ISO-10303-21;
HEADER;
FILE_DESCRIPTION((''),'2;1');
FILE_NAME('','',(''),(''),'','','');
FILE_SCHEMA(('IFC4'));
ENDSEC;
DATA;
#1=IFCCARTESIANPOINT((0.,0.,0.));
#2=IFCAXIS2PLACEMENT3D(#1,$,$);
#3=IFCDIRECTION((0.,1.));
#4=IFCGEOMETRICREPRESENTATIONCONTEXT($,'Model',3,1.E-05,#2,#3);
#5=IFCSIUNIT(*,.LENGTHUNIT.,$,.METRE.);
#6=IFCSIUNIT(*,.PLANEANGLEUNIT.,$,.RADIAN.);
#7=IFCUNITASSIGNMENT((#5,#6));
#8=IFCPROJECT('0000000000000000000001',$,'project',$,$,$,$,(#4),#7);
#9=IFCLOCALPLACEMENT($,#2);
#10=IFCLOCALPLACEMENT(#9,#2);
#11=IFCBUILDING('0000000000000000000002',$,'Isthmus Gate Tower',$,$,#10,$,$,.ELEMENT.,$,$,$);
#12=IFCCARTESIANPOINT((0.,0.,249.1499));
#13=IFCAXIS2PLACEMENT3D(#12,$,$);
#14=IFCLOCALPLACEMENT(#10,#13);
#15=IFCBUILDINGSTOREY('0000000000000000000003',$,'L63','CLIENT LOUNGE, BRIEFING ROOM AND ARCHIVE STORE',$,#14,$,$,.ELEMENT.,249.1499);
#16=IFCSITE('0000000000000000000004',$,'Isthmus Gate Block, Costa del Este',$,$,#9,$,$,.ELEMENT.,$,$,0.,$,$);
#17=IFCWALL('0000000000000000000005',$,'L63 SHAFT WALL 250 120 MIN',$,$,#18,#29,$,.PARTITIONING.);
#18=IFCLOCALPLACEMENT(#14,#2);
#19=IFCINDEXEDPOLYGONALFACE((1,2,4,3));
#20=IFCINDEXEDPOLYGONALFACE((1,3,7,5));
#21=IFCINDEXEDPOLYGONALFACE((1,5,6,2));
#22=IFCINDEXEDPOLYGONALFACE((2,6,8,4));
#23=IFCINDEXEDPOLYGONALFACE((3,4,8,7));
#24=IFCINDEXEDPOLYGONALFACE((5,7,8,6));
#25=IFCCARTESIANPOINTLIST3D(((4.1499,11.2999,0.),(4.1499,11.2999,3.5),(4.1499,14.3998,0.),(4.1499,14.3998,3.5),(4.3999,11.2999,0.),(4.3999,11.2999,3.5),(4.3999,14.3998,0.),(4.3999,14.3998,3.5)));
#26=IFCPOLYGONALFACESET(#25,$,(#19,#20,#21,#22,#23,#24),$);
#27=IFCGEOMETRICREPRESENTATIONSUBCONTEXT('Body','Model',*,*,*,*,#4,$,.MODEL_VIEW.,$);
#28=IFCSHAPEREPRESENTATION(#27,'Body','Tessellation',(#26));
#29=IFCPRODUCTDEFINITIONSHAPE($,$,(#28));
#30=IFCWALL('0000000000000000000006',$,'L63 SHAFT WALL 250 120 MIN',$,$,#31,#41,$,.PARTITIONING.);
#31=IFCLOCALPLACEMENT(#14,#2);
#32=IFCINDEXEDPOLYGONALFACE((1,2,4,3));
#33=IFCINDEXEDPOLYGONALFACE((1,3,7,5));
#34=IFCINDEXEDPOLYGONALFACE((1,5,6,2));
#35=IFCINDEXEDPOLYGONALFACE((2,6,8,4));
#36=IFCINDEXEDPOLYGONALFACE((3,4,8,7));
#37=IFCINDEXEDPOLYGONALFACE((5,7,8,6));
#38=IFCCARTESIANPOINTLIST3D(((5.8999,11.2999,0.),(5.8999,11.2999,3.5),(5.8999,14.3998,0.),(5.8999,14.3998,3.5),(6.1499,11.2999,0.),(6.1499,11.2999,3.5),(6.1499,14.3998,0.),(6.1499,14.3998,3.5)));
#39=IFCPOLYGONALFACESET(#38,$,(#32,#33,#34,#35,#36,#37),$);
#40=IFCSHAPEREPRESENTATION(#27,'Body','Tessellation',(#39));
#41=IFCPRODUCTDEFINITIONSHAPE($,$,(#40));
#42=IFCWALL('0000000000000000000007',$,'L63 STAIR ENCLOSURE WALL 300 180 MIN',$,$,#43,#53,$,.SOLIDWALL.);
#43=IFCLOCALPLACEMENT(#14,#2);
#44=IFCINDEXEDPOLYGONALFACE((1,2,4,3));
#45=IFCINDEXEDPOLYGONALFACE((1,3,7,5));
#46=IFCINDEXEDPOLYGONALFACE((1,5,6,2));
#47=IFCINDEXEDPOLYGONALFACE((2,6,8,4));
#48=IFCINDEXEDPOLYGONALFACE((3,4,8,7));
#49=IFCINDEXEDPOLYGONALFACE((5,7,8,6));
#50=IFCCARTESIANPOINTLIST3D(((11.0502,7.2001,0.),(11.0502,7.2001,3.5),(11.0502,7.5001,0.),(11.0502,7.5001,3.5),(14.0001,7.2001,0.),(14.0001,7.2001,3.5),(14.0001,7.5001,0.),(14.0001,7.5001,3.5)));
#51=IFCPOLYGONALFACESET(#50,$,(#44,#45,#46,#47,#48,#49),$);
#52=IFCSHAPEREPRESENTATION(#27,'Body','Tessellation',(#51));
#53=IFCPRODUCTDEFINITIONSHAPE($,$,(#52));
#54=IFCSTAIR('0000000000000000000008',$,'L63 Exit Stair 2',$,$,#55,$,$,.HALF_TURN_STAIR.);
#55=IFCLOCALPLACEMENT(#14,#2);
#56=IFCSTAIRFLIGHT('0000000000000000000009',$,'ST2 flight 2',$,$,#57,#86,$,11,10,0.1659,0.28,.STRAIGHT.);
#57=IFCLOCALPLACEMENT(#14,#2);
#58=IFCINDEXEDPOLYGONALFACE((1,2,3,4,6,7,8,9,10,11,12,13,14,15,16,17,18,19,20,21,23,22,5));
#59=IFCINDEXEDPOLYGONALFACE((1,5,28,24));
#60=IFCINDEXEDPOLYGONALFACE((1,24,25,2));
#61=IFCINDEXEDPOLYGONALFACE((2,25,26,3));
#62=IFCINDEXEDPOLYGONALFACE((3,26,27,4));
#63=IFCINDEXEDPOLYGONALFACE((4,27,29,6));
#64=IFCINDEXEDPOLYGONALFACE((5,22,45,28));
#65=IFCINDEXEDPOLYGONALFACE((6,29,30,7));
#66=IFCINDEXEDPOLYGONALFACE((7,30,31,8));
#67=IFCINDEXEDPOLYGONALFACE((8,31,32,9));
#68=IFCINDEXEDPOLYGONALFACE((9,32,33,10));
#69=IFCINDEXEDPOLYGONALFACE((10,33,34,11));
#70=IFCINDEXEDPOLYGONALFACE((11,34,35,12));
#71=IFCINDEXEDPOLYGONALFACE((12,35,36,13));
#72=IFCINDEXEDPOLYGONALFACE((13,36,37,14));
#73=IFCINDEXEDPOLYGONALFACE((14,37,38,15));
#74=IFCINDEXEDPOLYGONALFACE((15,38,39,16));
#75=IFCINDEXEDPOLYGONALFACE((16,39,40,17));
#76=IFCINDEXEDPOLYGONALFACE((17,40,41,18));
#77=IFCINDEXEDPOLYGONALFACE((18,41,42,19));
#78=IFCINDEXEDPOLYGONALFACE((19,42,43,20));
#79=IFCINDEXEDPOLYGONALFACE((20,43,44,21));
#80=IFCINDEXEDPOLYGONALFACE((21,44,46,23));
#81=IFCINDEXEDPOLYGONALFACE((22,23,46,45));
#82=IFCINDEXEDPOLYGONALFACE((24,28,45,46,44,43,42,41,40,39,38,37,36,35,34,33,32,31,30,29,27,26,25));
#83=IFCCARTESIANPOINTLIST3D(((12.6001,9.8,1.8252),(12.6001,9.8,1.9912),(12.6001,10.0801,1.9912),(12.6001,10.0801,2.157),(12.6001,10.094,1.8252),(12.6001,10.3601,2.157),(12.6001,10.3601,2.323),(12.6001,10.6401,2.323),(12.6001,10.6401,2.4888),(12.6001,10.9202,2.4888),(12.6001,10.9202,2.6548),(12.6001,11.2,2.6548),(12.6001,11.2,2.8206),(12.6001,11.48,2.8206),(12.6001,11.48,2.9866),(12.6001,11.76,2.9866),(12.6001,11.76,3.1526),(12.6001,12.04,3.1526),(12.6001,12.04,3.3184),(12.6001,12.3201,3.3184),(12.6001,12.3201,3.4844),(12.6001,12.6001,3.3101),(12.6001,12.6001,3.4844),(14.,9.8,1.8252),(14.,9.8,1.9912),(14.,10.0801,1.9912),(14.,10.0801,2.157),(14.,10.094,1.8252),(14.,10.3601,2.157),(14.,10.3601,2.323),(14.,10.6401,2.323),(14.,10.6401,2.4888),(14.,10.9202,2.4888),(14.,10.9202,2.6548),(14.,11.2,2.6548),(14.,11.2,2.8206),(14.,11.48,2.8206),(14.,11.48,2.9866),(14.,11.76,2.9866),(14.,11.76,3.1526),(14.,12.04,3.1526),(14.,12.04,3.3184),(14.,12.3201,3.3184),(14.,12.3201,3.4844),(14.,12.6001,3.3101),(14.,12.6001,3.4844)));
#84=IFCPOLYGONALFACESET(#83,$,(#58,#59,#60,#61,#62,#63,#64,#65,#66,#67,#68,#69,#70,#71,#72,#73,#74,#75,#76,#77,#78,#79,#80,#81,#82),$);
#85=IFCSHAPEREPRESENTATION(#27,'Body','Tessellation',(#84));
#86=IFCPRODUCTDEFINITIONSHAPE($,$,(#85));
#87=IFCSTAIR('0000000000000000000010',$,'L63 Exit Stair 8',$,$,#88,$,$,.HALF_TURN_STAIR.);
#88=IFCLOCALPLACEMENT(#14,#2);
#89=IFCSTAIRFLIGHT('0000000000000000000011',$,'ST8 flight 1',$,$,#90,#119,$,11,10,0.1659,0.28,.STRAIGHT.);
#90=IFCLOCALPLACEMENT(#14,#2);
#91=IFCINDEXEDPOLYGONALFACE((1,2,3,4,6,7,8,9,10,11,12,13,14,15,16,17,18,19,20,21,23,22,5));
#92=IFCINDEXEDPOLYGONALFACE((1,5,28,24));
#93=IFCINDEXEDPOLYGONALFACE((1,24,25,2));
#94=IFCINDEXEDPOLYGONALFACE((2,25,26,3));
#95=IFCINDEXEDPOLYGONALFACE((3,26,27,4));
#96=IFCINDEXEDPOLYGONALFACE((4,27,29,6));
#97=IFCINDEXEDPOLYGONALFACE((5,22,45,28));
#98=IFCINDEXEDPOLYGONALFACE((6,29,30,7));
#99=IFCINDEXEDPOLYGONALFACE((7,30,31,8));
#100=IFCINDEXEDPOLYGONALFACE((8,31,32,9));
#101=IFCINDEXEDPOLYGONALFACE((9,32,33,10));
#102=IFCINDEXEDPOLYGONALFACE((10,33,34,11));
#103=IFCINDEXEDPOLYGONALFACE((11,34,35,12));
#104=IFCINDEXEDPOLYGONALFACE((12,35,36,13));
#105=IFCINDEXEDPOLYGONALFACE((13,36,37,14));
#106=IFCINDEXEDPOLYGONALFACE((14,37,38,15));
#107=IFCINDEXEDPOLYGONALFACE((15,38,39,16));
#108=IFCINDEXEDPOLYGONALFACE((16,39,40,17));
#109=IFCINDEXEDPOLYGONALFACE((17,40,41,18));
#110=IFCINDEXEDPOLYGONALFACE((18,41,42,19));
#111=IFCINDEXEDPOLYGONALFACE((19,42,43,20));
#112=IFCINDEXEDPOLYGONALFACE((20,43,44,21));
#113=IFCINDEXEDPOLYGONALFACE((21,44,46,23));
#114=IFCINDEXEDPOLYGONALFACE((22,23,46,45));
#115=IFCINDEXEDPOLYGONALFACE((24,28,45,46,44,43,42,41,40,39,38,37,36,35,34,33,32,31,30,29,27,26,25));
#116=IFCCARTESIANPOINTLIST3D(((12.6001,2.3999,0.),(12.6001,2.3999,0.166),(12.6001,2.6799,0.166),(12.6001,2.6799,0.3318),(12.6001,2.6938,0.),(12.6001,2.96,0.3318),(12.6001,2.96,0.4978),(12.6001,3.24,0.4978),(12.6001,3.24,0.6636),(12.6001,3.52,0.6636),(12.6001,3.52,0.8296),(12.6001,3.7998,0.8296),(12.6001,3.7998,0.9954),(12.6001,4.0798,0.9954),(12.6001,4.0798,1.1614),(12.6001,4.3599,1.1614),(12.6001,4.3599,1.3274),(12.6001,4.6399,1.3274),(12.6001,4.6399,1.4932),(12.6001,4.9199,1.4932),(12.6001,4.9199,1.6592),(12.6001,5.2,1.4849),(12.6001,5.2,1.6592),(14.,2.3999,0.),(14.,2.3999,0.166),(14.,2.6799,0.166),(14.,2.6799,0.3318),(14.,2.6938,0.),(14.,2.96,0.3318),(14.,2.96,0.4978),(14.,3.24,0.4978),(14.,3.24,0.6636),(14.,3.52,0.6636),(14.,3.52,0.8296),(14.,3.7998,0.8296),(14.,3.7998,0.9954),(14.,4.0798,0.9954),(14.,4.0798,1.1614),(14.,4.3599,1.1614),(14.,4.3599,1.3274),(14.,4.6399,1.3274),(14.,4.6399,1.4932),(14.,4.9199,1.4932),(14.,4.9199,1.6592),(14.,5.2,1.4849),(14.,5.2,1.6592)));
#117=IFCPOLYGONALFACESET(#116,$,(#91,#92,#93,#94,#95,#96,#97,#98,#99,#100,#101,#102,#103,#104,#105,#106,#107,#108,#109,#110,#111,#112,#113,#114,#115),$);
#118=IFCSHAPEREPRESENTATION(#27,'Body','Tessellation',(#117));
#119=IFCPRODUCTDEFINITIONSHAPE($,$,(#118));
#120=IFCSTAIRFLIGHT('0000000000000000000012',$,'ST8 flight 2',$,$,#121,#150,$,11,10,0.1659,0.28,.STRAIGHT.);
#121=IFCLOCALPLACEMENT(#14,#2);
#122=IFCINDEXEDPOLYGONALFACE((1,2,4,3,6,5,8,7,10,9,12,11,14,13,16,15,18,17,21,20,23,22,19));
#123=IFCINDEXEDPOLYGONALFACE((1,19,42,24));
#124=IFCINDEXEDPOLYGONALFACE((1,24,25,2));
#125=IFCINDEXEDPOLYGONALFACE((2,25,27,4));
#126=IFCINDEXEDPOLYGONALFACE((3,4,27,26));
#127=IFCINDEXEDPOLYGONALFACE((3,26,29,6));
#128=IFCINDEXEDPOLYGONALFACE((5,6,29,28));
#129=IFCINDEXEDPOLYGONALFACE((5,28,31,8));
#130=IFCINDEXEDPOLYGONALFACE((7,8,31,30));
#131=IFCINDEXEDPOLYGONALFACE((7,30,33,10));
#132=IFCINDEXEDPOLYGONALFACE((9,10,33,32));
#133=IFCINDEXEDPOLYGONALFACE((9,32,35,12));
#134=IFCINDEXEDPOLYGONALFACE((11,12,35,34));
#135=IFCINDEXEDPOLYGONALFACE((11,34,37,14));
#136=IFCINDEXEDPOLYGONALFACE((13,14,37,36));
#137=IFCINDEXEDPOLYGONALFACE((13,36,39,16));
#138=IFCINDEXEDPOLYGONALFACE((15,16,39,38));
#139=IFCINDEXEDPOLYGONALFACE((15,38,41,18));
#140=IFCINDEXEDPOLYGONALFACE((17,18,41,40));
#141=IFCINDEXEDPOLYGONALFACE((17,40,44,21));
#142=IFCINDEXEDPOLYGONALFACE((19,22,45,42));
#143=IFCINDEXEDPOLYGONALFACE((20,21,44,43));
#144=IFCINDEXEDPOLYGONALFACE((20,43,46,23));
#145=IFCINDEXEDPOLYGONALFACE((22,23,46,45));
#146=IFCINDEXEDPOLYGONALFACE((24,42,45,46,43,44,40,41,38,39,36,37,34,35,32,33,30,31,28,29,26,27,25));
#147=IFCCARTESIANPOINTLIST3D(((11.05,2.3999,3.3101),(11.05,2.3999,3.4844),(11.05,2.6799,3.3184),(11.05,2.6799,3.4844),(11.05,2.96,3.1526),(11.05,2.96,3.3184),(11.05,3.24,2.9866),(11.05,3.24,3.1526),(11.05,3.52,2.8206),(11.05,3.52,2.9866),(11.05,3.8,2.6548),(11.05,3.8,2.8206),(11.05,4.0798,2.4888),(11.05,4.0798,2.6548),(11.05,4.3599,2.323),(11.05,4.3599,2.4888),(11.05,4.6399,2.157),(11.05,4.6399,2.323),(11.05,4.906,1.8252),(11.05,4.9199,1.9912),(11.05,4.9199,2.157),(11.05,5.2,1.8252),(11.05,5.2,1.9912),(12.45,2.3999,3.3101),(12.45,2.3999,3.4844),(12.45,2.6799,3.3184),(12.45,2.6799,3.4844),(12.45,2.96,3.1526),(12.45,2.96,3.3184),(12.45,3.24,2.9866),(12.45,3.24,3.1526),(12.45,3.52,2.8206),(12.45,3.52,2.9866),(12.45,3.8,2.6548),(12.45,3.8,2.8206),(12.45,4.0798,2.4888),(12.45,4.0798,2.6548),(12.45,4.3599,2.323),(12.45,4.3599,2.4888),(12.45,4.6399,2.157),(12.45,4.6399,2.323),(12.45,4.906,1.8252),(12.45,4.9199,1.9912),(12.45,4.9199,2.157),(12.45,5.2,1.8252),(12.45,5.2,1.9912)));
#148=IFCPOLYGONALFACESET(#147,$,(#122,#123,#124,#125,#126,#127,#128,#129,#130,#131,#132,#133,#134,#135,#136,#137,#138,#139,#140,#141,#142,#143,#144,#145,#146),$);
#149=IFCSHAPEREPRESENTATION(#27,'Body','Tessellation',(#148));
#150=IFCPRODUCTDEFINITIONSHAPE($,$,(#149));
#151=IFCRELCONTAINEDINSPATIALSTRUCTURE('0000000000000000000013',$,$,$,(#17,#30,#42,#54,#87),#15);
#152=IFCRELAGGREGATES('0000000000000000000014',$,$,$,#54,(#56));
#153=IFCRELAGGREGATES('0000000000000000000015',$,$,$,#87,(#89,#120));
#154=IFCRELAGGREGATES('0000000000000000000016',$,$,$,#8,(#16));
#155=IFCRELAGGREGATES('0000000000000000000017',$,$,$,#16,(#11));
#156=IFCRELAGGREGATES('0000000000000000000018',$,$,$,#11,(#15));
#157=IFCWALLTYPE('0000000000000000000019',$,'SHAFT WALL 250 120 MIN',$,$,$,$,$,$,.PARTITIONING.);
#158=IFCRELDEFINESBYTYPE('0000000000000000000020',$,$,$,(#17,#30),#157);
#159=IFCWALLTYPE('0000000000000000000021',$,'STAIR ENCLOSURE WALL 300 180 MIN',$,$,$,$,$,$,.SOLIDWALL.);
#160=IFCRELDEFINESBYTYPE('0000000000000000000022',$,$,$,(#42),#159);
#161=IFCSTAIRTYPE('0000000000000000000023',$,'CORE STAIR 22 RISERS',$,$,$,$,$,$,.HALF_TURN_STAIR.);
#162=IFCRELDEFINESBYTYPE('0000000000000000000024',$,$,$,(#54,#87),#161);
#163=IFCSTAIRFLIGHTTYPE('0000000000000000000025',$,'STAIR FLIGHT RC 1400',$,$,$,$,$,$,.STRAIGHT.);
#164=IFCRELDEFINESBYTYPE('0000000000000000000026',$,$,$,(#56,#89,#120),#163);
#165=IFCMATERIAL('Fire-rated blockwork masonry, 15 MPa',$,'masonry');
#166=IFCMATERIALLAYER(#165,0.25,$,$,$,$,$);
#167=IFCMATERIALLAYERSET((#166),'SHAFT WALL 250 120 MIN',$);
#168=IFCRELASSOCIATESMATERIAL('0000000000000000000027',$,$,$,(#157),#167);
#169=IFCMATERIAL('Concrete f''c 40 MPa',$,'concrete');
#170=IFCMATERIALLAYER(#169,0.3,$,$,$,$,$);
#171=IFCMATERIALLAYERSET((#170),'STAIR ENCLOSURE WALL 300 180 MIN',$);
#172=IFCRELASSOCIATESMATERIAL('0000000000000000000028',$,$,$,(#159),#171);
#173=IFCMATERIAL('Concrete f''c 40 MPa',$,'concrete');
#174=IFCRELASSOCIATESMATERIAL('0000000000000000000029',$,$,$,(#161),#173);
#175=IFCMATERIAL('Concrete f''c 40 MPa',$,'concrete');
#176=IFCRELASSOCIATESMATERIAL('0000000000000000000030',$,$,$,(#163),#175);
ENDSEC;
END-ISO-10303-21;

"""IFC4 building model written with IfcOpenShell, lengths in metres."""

from ifc_helpers import new_model, si_unit, direction, frame, frame_2d, origin, place, context, subcontext, project, spatial, polyline, rectangle, outline, extrude, material, layer, layer_set, type_object, element, aggregate, save


model = new_model("IFC4")

# Units and contexts
model_context = context("Model", 3, precision=1e-05, world=origin(), true_north=direction((0.0, 1.0)))
body_context = subcontext(model_context, "Body", "Model", "MODEL_VIEW")
ifc_project = project(units=[si_unit("LENGTHUNIT", "METRE"), si_unit("PLANEANGLEUNIT", "RADIAN")], contexts=[model_context])

# Site, building, storey
site_placement = place(None, origin())
site = spatial("IfcSite", under=ifc_project, at=site_placement, Name="Isthmus Gate Block, Costa del Este", CompositionType="ELEMENT", RefElevation=0.0)
building_placement = place(site_placement, origin())
building = spatial("IfcBuilding", under=site, at=building_placement, Name="Isthmus Gate Tower", CompositionType="ELEMENT")
storey_placement = place(building_placement, frame((0.0, 0.0, 249.1499)))
storey = spatial("IfcBuildingStorey", under=building, at=storey_placement, Name="L63", Description="CLIENT LOUNGE, BRIEFING ROOM AND ARCHIVE STORE", CompositionType="ELEMENT", Elevation=249.1499)

# Walls
ifc_material_1 = material(Name="Fire-rated blockwork masonry, 15 MPa", Category="masonry")
ifc_layer_1 = layer(ifc_material_1, 0.25)
ifc_layer_set_1 = layer_set([ifc_layer_1], Name="SHAFT WALL 250 120 MIN")
wall_type_1 = type_object("IfcWallType", Name="SHAFT WALL 250 120 MIN", PredefinedType="PARTITIONING", material=ifc_layer_set_1)
for number, where, z_axis, x_axis, name in (
    (1, (4.2749, 11.3, 0.0), (0.0, 0.0, 1.0), (0.0, 1.0, 0.0), "L63 SHAFT WALL 250 120 MIN"),
    (2, (6.0249, 11.3, 0.0), (0.0, 0.0, 1.0), (0.0, 1.0, 0.0), "L63 SHAFT WALL 250 120 MIN"),
):
    element("IfcWall", number, at=place(storey_placement, frame(where, z_axis=z_axis, x_axis=x_axis)), inside=storey, type_object=wall_type_1, Name=name, PredefinedType="PARTITIONING", context=body_context, shape_type="SweptSolid", body=[
        extrude(rectangle(XDim=3.0999, YDim=0.25, at=frame_2d((1.5498, 0.0))), origin(), (0.0, 0.0, 1.0), 3.5),
    ])
ifc_material_2 = material(Name="Concrete f'c 40 MPa", Category="concrete")
ifc_layer_2 = layer(ifc_material_2, 0.3)
ifc_layer_set_2 = layer_set([ifc_layer_2], Name="STAIR ENCLOSURE WALL 300 180 MIN")
wall_type_2 = type_object("IfcWallType", Name="STAIR ENCLOSURE WALL 300 180 MIN", PredefinedType="SOLIDWALL", material=ifc_layer_set_2)
wall_1_placement = place(storey_placement, frame((11.05, 7.3501, 0.0), z_axis=(0.0, 0.0, 1.0), x_axis=(1.0, 0.0, 0.0)))
element("IfcWall", 3, at=wall_1_placement, inside=storey, type_object=wall_type_2, Name="L63 STAIR ENCLOSURE WALL 300 180 MIN", PredefinedType="SOLIDWALL", context=body_context, shape_type="SweptSolid", body=[
    extrude(rectangle(XDim=2.95, YDim=0.3, at=frame_2d((1.4751, 0.0))), origin(), (0.0, 0.0, 1.0), 3.5),
])

# Stair, stair flight
ifc_material_3 = material(Name="Concrete f'c 40 MPa", Category="concrete")
stair_type = type_object("IfcStairType", Name="CORE STAIR 22 RISERS", PredefinedType="HALF_TURN_STAIR", material=ifc_material_3)
stair_1_placement = place(storey_placement, origin())
stair_1 = element("IfcStair", 4, at=stair_1_placement, inside=storey, type_object=stair_type, Name="L63 Exit Stair 2", PredefinedType="HALF_TURN_STAIR")
ifc_material_4 = material(Name="Concrete f'c 40 MPa", Category="concrete")
stair_flight_type = type_object("IfcStairFlightType", Name="STAIR FLIGHT RC 1400", PredefinedType="STRAIGHT", material=ifc_material_4)
stair_flight_1_placement = place(storey_placement, frame((13.3, 9.8, 1.8252), z_axis=(0.0, 0.0, 1.0), x_axis=(0.0, 1.0, 0.0)))
stair_flight_1 = element("IfcStairFlight", 5, at=stair_flight_1_placement, type_object=stair_flight_type, Name="ST2 flight 2", NumberOfRisers=11, NumberOfTreads=10, PredefinedType="STRAIGHT", RiserHeight=0.1659, TreadLength=0.28, context=body_context, shape_type="SweptSolid", body=[
    extrude(outline(polyline([(0.0, 0.0), (0.0, 0.166), (0.28, 0.166), (0.28, 0.3318), (0.5601, 0.3318), (0.5601, 0.4978), (0.8401, 0.4978), (0.8401, 0.6636), (1.1201, 0.6636), (1.1201, 0.8296), (1.3999, 0.8296), (1.3999, 0.9954), (1.6799, 0.9954), (1.6799, 1.1614), (1.96, 1.1614), (1.96, 1.3274), (2.24, 1.3274), (2.24, 1.4932), (2.52, 1.4932), (2.52, 1.6592), (2.8, 1.6592), (2.8, 1.825), (2.8, 1.4849), (0.2939, 0.0), (0.0, 0.0)])), frame((0.0, 0.7, 0.0), z_axis=(0.0, -1.0, 0.0), x_axis=(1.0, 0.0, 0.0)), (0.0, 0.0, 1.0), 1.3999),
])
aggregate(stair_1, [stair_flight_1])

# Stair, stair flights
stair_2_placement = place(storey_placement, origin())
stair_2 = element("IfcStair", 6, at=stair_2_placement, inside=storey, type_object=stair_type, Name="L63 Exit Stair 8", PredefinedType="HALF_TURN_STAIR")
stair_flight_2_placement = place(storey_placement, frame((13.3, 2.3999, 0.0), z_axis=(0.0, 0.0, 1.0), x_axis=(0.0, 1.0, 0.0)))
stair_flight_2 = element("IfcStairFlight", 7, at=stair_flight_2_placement, type_object=stair_flight_type, Name="ST8 flight 1", NumberOfRisers=11, NumberOfTreads=10, PredefinedType="STRAIGHT", RiserHeight=0.1659, TreadLength=0.28, context=body_context, shape_type="SweptSolid", body=[
    extrude(outline(polyline([(0.0, 0.0), (0.0, 0.166), (0.28, 0.166), (0.28, 0.3318), (0.5601, 0.3318), (0.5601, 0.4978), (0.8401, 0.4978), (0.8401, 0.6636), (1.1201, 0.6636), (1.1201, 0.8296), (1.3999, 0.8296), (1.3999, 0.9954), (1.6799, 0.9954), (1.6799, 1.1614), (1.96, 1.1614), (1.96, 1.3274), (2.24, 1.3274), (2.24, 1.4932), (2.52, 1.4932), (2.52, 1.6592), (2.8, 1.6592), (2.8, 1.825), (2.8, 1.4849), (0.2939, 0.0), (0.0, 0.0)])), frame((0.0, 0.7, 0.0), z_axis=(0.0, -1.0, 0.0), x_axis=(1.0, 0.0, 0.0)), (0.0, 0.0, 1.0), 1.3999),
])
stair_flight_3_placement = place(storey_placement, frame((11.75, 5.2, 1.8252), z_axis=(0.0, 0.0, 1.0), x_axis=(0.0, -1.0, 0.0)))
stair_flight_3 = element("IfcStairFlight", 8, at=stair_flight_3_placement, type_object=stair_flight_type, Name="ST8 flight 2", NumberOfRisers=11, NumberOfTreads=10, PredefinedType="STRAIGHT", RiserHeight=0.1659, TreadLength=0.28, context=body_context, shape_type="SweptSolid", body=[
    extrude(outline(polyline([(0.0, 0.0), (0.0, 0.166), (0.28, 0.166), (0.28, 0.3318), (0.5601, 0.3318), (0.5601, 0.4978), (0.8401, 0.4978), (0.8401, 0.6636), (1.1201, 0.6636), (1.1201, 0.8296), (1.3999, 0.8296), (1.3999, 0.9954), (1.6799, 0.9954), (1.6799, 1.1614), (1.96, 1.1614), (1.96, 1.3274), (2.24, 1.3274), (2.24, 1.4932), (2.52, 1.4932), (2.52, 1.6592), (2.8, 1.6592), (2.8, 1.825), (2.8, 1.4849), (0.2939, 0.0), (0.0, 0.0)])), frame((0.0, 0.7, 0.0), z_axis=(0.0, -1.0, 0.0), x_axis=(1.0, 0.0, 0.0)), (0.0, 0.0, 1.0), 1.3999),
])
aggregate(stair_2, [stair_flight_2, stair_flight_3])

save(model, "model.ifc")
